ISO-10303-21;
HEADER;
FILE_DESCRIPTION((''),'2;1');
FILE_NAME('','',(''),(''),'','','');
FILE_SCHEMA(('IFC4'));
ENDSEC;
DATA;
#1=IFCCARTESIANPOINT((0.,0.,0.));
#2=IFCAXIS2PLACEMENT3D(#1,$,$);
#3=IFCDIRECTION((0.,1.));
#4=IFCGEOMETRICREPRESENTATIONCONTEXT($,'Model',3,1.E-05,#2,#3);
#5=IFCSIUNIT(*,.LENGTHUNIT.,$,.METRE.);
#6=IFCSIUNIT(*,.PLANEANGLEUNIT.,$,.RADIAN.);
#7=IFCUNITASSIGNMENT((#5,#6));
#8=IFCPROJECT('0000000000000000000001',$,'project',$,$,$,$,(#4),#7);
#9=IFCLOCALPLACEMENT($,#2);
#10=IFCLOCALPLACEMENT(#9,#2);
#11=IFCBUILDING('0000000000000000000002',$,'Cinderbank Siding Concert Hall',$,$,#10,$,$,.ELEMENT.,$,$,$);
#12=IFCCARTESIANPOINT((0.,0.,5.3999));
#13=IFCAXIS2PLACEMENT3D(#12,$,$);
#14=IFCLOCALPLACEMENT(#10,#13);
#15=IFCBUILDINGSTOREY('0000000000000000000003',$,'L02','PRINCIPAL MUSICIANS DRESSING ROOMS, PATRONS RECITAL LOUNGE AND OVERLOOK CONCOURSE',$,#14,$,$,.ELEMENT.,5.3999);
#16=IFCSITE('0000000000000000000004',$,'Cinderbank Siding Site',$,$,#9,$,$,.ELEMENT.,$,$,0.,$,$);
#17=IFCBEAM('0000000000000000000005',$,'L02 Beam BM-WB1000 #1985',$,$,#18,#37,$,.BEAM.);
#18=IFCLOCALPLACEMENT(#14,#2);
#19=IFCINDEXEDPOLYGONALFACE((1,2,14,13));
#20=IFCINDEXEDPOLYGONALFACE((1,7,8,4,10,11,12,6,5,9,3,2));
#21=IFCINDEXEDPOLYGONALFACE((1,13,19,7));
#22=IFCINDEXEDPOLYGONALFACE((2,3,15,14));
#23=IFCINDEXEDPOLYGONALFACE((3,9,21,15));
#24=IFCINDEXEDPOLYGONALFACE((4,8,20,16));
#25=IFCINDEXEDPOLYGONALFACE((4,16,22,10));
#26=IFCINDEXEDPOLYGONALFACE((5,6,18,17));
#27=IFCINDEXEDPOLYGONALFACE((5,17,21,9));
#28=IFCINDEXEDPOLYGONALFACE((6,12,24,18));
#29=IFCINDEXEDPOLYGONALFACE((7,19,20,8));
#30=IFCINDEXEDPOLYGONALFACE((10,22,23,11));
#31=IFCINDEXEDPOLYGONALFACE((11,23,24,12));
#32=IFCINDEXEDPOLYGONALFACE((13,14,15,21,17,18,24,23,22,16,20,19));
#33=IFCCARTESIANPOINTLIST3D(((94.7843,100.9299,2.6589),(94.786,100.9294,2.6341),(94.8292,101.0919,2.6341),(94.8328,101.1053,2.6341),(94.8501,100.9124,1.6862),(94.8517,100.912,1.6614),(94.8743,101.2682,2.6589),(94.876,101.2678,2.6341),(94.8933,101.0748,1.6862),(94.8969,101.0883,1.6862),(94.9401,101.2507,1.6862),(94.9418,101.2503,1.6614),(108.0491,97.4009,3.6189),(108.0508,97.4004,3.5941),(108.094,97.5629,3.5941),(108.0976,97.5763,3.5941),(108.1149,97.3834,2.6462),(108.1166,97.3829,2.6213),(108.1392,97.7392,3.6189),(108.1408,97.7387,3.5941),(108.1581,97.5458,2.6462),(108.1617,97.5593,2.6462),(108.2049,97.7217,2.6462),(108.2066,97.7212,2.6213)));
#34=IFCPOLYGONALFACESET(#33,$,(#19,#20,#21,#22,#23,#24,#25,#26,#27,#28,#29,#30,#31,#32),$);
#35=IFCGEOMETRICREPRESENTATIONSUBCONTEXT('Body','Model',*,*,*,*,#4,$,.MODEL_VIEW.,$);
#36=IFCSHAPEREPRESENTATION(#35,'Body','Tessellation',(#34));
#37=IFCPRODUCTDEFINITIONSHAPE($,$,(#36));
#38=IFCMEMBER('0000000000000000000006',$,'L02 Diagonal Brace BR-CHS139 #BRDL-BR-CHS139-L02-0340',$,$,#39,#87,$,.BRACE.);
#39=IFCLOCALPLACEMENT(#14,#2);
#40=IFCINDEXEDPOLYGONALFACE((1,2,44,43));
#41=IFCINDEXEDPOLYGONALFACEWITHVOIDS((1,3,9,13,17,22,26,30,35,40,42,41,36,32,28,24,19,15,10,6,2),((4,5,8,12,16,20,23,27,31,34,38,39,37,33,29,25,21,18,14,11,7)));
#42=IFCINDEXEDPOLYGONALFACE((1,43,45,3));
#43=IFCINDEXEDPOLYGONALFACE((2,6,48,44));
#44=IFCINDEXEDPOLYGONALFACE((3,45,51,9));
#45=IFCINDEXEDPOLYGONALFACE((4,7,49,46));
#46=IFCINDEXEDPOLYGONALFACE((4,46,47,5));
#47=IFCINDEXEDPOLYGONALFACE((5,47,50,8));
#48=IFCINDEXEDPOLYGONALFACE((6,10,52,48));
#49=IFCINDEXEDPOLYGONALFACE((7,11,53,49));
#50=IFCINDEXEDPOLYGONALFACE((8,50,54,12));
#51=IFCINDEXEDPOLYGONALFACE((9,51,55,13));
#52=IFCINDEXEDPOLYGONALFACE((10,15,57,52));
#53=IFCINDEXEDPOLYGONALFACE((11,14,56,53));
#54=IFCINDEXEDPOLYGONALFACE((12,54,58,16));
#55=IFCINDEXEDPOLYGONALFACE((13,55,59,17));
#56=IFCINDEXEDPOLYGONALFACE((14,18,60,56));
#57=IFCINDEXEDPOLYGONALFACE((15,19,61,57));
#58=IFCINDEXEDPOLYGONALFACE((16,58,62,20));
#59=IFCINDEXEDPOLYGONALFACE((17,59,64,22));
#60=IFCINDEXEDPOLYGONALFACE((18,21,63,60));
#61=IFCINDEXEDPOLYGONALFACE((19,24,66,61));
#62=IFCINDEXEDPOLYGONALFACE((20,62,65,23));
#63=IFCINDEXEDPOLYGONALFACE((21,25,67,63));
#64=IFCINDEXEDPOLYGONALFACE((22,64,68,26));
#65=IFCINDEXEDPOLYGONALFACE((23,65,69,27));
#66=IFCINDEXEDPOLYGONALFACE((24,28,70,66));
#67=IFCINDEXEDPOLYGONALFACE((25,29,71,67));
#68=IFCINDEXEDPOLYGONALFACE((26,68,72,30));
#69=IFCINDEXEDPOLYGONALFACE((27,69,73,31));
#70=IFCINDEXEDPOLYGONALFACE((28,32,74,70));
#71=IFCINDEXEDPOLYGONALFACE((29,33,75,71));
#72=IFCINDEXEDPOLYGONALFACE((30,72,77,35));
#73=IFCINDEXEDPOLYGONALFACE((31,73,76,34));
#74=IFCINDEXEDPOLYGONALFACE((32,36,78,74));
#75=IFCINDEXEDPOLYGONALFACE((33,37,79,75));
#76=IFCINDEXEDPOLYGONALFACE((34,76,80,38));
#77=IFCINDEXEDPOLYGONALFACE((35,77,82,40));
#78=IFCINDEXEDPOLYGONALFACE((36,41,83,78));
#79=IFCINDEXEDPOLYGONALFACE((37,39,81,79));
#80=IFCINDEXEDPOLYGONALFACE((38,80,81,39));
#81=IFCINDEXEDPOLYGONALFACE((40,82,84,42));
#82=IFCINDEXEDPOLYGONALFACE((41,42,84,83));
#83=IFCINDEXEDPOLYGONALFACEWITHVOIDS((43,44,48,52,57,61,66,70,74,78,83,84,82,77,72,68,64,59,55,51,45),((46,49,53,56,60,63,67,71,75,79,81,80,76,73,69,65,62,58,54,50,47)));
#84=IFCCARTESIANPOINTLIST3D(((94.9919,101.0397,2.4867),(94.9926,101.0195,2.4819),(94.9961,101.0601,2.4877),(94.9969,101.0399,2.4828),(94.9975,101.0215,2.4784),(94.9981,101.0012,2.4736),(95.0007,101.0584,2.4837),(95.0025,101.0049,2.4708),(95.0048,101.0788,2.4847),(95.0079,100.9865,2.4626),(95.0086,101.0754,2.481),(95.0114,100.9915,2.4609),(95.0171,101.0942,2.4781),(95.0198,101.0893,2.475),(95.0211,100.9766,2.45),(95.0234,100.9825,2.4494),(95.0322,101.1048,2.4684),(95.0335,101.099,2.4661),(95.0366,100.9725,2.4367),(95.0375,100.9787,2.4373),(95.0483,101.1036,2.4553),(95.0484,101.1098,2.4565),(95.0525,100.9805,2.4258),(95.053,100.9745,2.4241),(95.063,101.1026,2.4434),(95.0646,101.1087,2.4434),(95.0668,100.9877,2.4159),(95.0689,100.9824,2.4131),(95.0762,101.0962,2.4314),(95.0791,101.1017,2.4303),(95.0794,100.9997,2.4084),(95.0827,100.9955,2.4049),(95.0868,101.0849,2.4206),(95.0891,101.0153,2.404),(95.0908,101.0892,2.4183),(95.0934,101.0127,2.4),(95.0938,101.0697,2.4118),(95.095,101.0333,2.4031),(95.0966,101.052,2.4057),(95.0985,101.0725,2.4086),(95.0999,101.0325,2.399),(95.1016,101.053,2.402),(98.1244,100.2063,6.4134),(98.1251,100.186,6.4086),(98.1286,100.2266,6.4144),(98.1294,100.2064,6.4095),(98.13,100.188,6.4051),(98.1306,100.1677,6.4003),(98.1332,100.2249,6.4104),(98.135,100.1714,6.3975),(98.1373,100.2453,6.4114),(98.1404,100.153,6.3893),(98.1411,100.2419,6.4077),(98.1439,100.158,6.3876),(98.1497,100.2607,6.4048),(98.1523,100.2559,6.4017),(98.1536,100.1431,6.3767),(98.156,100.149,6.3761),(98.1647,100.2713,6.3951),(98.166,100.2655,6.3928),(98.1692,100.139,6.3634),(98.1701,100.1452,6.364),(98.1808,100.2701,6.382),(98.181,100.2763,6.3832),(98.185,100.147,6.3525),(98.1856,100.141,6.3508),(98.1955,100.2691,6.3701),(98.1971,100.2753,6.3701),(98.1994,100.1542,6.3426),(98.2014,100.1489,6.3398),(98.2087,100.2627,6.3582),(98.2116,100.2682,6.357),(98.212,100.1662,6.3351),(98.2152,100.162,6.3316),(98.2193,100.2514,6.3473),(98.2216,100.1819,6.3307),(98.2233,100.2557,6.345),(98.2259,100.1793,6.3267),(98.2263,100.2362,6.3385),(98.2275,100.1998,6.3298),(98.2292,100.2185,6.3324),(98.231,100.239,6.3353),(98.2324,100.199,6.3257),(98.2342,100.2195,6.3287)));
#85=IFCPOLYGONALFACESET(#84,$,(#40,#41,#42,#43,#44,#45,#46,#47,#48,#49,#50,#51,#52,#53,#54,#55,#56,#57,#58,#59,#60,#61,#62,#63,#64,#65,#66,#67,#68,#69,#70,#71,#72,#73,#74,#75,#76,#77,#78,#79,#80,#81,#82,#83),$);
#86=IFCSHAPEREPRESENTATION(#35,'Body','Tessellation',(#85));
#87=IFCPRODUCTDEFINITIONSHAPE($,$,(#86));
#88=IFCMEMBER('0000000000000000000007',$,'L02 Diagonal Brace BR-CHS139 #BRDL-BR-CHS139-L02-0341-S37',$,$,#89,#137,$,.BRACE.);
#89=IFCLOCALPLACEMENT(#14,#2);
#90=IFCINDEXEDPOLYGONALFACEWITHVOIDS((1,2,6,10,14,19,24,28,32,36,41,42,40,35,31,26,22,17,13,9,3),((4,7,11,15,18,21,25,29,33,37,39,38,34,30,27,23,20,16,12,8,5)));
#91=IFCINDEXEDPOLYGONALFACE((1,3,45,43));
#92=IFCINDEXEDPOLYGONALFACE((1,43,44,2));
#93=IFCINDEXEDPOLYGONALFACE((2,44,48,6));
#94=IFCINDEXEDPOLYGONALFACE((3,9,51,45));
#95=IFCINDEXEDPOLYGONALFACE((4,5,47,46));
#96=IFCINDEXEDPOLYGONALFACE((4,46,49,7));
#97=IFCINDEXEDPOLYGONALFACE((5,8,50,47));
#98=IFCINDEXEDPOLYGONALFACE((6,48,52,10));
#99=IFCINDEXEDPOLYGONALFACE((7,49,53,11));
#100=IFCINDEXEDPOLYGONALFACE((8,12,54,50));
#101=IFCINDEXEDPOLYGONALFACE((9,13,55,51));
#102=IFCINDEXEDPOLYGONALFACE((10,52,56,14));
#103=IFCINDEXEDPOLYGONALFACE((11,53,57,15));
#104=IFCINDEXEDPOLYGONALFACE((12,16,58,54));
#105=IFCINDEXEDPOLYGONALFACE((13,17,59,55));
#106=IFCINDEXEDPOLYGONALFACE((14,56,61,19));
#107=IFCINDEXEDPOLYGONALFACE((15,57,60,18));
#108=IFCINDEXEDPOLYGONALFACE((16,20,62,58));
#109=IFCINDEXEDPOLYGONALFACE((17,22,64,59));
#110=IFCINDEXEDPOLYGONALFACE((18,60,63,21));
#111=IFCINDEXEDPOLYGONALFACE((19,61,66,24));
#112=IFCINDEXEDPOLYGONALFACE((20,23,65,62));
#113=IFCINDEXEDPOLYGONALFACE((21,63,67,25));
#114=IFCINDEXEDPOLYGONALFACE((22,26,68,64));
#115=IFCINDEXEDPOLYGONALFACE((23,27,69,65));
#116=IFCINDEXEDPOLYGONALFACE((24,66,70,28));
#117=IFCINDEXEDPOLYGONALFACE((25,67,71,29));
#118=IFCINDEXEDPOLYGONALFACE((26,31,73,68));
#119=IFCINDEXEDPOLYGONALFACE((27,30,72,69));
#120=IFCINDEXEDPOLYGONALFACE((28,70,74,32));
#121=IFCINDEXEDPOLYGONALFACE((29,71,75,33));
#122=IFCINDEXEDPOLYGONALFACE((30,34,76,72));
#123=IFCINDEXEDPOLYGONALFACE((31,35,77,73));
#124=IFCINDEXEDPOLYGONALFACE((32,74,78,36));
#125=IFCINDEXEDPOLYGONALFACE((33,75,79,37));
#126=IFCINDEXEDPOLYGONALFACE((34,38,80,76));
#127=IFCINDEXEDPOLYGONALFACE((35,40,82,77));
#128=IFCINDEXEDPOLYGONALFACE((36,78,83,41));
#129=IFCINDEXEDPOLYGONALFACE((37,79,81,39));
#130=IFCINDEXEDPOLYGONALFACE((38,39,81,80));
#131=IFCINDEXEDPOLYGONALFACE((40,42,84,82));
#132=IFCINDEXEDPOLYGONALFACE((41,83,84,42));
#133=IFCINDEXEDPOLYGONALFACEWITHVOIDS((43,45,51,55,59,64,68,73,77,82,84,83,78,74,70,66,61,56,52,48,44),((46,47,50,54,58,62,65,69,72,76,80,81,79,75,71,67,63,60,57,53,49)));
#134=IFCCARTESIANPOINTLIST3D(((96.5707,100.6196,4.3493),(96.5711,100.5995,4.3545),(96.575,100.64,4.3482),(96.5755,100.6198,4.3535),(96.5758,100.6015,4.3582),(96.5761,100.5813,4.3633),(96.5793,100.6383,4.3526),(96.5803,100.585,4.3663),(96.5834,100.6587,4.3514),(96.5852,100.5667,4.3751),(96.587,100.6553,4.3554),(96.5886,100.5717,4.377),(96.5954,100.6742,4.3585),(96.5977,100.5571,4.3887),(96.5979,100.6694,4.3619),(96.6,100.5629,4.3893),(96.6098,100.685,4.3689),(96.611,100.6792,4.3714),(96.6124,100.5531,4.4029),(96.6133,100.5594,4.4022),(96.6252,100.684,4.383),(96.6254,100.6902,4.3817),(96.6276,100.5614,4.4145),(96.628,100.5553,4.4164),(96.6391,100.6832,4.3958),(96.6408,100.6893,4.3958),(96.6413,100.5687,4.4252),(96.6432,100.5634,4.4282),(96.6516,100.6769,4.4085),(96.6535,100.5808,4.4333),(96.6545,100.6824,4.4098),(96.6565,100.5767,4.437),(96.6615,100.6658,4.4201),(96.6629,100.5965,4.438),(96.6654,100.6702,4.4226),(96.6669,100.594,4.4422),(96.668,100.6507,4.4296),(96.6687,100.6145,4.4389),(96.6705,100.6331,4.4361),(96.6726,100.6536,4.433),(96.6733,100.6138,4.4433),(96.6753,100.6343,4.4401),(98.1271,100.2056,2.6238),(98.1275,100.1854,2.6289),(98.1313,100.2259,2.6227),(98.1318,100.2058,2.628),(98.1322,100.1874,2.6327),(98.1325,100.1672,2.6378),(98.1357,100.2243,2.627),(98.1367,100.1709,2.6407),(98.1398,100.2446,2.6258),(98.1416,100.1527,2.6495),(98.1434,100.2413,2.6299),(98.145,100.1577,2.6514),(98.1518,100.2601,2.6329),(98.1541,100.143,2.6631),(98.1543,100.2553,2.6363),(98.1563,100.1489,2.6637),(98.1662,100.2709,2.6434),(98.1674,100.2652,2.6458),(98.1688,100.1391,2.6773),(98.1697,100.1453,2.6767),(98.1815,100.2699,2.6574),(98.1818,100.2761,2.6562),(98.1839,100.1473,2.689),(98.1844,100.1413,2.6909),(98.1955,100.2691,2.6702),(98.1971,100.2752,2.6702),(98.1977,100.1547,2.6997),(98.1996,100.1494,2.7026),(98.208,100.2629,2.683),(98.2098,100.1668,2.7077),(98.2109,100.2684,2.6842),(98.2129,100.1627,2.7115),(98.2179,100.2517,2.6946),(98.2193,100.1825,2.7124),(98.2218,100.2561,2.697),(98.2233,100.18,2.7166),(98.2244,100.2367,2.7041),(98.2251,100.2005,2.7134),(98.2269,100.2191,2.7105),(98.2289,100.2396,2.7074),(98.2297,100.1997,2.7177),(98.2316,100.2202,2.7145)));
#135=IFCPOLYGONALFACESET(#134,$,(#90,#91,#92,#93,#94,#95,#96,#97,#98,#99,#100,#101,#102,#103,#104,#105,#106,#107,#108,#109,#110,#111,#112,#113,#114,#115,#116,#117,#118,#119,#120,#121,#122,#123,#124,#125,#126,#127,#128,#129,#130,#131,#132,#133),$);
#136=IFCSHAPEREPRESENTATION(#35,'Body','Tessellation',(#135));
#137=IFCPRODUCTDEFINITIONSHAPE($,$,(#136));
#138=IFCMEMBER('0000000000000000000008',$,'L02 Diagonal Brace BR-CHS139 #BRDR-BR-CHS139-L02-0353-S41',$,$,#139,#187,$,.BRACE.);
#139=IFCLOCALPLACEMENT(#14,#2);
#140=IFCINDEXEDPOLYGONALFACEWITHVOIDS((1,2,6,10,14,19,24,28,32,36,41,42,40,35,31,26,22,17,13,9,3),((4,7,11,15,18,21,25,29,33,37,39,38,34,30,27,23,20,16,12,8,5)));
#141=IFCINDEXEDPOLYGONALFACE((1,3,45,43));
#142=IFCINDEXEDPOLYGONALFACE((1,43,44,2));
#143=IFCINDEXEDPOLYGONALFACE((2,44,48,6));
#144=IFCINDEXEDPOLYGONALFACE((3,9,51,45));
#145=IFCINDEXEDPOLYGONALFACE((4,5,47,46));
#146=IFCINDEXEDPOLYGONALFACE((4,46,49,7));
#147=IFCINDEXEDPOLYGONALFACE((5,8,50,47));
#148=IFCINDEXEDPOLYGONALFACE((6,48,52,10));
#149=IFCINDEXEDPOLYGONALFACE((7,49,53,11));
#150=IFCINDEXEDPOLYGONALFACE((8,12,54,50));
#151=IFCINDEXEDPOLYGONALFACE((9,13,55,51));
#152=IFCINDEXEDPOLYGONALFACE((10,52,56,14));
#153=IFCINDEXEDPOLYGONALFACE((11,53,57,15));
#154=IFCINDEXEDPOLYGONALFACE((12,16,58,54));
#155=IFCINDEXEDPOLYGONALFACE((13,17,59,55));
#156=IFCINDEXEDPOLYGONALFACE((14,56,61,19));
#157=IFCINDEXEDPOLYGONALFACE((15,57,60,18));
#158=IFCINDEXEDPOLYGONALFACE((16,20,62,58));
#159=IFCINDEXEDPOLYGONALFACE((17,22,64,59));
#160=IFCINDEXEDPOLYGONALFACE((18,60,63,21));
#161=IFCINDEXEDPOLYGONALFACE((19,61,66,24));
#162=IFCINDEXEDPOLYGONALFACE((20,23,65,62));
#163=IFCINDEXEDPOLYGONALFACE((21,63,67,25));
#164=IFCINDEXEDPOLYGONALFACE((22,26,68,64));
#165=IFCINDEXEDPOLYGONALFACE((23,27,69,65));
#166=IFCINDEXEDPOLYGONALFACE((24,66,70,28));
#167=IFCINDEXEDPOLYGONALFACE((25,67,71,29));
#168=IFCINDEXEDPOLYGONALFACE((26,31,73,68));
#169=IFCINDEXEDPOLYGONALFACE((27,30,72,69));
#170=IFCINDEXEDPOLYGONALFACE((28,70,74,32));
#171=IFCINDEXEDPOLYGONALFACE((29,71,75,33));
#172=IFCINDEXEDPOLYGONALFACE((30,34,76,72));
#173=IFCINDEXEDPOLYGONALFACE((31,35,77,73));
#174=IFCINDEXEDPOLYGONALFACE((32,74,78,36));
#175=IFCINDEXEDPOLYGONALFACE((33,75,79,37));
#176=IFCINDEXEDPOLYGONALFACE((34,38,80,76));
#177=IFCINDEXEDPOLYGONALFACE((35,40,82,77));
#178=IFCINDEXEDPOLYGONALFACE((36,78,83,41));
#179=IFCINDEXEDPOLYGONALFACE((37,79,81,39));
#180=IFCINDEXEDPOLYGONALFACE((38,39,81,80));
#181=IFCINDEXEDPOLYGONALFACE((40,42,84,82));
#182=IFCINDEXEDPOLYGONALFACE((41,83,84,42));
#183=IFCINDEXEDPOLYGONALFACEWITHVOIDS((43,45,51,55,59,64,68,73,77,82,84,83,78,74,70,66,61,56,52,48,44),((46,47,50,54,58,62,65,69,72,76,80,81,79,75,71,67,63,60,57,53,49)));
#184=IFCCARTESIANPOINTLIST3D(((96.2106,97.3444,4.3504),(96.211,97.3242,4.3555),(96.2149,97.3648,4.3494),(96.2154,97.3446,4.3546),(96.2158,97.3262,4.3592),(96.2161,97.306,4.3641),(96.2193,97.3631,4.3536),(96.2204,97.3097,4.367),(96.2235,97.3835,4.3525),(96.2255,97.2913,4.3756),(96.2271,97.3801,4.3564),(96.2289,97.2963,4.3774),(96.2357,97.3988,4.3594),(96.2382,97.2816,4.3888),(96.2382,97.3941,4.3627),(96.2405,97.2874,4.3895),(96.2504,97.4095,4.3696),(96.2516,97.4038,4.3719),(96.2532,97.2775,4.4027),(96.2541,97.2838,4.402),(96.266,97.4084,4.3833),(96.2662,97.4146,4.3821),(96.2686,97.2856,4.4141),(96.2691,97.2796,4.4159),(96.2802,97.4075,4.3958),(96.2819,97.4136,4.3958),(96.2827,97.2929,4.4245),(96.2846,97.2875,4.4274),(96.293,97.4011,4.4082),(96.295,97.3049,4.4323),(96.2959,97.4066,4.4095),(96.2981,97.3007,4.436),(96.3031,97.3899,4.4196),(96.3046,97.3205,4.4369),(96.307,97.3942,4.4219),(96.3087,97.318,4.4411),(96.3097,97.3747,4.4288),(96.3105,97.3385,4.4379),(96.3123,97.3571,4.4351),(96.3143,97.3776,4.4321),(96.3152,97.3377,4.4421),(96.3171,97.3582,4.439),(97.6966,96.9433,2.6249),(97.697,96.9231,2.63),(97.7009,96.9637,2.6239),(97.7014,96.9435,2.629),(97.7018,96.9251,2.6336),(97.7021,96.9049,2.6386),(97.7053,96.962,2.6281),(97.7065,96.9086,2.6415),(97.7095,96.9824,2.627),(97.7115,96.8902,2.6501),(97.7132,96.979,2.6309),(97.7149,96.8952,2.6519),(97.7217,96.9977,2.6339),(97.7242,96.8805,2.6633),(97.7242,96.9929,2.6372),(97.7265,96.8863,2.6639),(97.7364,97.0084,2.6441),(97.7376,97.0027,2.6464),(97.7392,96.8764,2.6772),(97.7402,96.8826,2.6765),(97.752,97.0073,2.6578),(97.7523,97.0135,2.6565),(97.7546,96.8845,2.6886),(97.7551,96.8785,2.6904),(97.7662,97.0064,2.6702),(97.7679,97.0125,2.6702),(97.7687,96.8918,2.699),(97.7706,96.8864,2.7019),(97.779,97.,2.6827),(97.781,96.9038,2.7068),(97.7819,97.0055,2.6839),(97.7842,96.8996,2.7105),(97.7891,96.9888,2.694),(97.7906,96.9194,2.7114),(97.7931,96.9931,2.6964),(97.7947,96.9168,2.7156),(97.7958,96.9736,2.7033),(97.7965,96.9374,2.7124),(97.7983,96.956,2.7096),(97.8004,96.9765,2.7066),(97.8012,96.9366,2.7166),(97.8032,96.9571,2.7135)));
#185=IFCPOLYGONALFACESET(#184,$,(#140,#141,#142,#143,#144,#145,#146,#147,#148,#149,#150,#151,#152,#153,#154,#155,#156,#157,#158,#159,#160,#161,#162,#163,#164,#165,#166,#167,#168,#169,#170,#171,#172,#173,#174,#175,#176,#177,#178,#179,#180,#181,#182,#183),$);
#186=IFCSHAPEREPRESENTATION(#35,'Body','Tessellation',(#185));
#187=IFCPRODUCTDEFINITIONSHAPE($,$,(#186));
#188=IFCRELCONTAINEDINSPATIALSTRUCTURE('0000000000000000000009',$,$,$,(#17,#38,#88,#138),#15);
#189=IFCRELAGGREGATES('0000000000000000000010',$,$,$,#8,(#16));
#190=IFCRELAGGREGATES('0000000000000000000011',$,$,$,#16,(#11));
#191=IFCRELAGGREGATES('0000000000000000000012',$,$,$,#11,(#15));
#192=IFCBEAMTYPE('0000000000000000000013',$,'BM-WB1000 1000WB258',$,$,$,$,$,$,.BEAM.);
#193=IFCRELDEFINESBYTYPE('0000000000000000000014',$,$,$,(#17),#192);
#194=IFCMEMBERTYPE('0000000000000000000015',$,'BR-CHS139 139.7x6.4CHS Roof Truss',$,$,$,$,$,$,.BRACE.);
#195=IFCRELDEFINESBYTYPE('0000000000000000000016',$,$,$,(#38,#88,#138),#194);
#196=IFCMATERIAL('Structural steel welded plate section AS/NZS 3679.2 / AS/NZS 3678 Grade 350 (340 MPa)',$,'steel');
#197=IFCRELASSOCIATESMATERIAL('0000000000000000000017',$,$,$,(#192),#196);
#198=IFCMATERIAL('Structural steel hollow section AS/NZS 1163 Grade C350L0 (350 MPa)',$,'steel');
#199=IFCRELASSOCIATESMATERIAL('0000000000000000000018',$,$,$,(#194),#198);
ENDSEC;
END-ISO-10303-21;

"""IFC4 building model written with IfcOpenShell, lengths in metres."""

from ifc_helpers import new_model, si_unit, direction, frame, origin, origin_2d, place, context, subcontext, project, spatial, hollow_circle, i_section, extrude, material, material_profile, profile_set, type_object, element, save


model = new_model("IFC4")

# Units and contexts
model_context = context("Model", 3, precision=1e-05, world=origin(), true_north=direction((0.0, 1.0)))
body_context = subcontext(model_context, "Body", "Model", "MODEL_VIEW")
ifc_project = project(units=[si_unit("LENGTHUNIT", "METRE"), si_unit("PLANEANGLEUNIT", "RADIAN")], contexts=[model_context])

# Site, building, storey
site_placement = place(None, origin())
site = spatial("IfcSite", under=ifc_project, at=site_placement, Name="Cinderbank Siding Site", CompositionType="ELEMENT", RefElevation=0.0)
building_placement = place(site_placement, origin())
building = spatial("IfcBuilding", under=site, at=building_placement, Name="Cinderbank Siding Concert Hall", CompositionType="ELEMENT")
storey_placement = place(building_placement, frame((0.0, 0.0, 5.3999)))
storey = spatial("IfcBuildingStorey", under=building, at=storey_placement, Name="L02", Description="PRINCIPAL MUSICIANS DRESSING ROOMS, PATRONS RECITAL LOUNGE AND OVERLOOK CONCOURSE", CompositionType="ELEMENT", Elevation=5.3999)

# Beam
ifc_material_1 = material(Name="Structural steel welded plate section AS/NZS 3679.2 / AS/NZS 3678 Grade 350 (340 MPa)", Category="steel")
ifc_material_profile_1 = material_profile(ifc_material_1, i_section(OverallWidth=0.3501, OverallDepth=1.0, WebThickness=0.0139, FlangeThickness=0.0249, at=origin_2d()), Name="1000WB258", Category="LoadBearing")
ifc_profile_set_1 = profile_set([ifc_material_profile_1], Name="Structural steel welded plate section AS/NZS 3679.2 / AS/NZS 3678 Grade 350 (340 MPa)")
beam_type_1 = type_object("IfcBeamType", Name="BM-WB1000 1000WB258", PredefinedType="BEAM", material=ifc_profile_set_1)
beam_1_placement = place(storey_placement, frame((94.863, 101.0901, 2.1602), z_axis=(0.96403, -0.256475, 0.069765), x_axis=(0.257101, 0.966384, 0.0)))
element("IfcBeam", 1, at=beam_1_placement, inside=storey, type_object=beam_type_1, Name="L02 Beam BM-WB1000 #1985", PredefinedType="BEAM", context=body_context, shape_type="SweptSolid", body=[
    extrude(i_section(OverallWidth=0.3501, OverallDepth=1.0, WebThickness=0.0139, FlangeThickness=0.0249, at=origin_2d()), origin(), (0.0, 0.0, 1.0), 13.7598),
])

# Members
ifc_material_2 = material(Name="Structural steel hollow section AS/NZS 1163 Grade C350L0 (350 MPa)", Category="steel")
ifc_material_profile_2 = material_profile(ifc_material_2, hollow_circle(Radius=0.0698, WallThickness=0.0063, at=origin_2d()), Name="139.7x6.4CHS", Category="LoadBearing")
ifc_profile_set_2 = profile_set([ifc_material_profile_2], Name="Structural steel hollow section AS/NZS 1163 Grade C350L0 (350 MPa)")
member_type_1 = type_object("IfcMemberType", Name="BR-CHS139 139.7x6.4CHS Roof Truss", PredefinedType="BRACE", material=ifc_profile_set_2)
member_1_placement = place(storey_placement, frame((95.0466, 101.0413, 2.4434), z_axis=(0.61521, -0.163692, 0.771182), x_axis=(0.257128, 0.966377, 0.0)))
element("IfcMember", 2, at=member_1_placement, inside=storey, type_object=member_type_1, Name="L02 Diagonal Brace BR-CHS139 #BRDL-BR-CHS139-L02-0340", PredefinedType="BRACE", context=body_context, shape_type="SweptSolid", body=[
    extrude(hollow_circle(Radius=0.0698, WallThickness=0.0063, at=origin_2d()), origin(), (0.0, 0.0, 1.0), 5.0918),
])
member_2_placement = place(storey_placement, frame((96.6228, 100.6218, 4.3958), z_axis=(0.65938, -0.175421, -0.731058), x_axis=(0.257097, 0.966386, 0.0)))
element("IfcMember", 3, at=member_2_placement, inside=storey, type_object=member_type_1, Name="L02 Diagonal Brace BR-CHS139 #BRDL-BR-CHS139-L02-0341-S37", PredefinedType="BRACE", context=body_context, shape_type="SweptSolid", body=[
    extrude(hollow_circle(Radius=0.0698, WallThickness=0.0063, at=origin_2d()), origin(), (0.0, 0.0, 1.0), 2.3604),
])
member_3_placement = place(storey_placement, frame((96.2637, 97.3462, 4.3958), z_axis=(0.642671, -0.173469, -0.746246), x_axis=(0.260593, 0.965449, 0.0)))
element("IfcMember", 4, at=member_3_placement, inside=storey, type_object=member_type_1, Name="L02 Diagonal Brace BR-CHS139 #BRDR-BR-CHS139-L02-0353-S41", PredefinedType="BRACE", context=body_context, shape_type="SweptSolid", body=[
    extrude(hollow_circle(Radius=0.0698, WallThickness=0.0063, at=origin_2d()), origin(), (0.0, 0.0, 1.0), 2.3123),
])

save(model, "model.ifc")
